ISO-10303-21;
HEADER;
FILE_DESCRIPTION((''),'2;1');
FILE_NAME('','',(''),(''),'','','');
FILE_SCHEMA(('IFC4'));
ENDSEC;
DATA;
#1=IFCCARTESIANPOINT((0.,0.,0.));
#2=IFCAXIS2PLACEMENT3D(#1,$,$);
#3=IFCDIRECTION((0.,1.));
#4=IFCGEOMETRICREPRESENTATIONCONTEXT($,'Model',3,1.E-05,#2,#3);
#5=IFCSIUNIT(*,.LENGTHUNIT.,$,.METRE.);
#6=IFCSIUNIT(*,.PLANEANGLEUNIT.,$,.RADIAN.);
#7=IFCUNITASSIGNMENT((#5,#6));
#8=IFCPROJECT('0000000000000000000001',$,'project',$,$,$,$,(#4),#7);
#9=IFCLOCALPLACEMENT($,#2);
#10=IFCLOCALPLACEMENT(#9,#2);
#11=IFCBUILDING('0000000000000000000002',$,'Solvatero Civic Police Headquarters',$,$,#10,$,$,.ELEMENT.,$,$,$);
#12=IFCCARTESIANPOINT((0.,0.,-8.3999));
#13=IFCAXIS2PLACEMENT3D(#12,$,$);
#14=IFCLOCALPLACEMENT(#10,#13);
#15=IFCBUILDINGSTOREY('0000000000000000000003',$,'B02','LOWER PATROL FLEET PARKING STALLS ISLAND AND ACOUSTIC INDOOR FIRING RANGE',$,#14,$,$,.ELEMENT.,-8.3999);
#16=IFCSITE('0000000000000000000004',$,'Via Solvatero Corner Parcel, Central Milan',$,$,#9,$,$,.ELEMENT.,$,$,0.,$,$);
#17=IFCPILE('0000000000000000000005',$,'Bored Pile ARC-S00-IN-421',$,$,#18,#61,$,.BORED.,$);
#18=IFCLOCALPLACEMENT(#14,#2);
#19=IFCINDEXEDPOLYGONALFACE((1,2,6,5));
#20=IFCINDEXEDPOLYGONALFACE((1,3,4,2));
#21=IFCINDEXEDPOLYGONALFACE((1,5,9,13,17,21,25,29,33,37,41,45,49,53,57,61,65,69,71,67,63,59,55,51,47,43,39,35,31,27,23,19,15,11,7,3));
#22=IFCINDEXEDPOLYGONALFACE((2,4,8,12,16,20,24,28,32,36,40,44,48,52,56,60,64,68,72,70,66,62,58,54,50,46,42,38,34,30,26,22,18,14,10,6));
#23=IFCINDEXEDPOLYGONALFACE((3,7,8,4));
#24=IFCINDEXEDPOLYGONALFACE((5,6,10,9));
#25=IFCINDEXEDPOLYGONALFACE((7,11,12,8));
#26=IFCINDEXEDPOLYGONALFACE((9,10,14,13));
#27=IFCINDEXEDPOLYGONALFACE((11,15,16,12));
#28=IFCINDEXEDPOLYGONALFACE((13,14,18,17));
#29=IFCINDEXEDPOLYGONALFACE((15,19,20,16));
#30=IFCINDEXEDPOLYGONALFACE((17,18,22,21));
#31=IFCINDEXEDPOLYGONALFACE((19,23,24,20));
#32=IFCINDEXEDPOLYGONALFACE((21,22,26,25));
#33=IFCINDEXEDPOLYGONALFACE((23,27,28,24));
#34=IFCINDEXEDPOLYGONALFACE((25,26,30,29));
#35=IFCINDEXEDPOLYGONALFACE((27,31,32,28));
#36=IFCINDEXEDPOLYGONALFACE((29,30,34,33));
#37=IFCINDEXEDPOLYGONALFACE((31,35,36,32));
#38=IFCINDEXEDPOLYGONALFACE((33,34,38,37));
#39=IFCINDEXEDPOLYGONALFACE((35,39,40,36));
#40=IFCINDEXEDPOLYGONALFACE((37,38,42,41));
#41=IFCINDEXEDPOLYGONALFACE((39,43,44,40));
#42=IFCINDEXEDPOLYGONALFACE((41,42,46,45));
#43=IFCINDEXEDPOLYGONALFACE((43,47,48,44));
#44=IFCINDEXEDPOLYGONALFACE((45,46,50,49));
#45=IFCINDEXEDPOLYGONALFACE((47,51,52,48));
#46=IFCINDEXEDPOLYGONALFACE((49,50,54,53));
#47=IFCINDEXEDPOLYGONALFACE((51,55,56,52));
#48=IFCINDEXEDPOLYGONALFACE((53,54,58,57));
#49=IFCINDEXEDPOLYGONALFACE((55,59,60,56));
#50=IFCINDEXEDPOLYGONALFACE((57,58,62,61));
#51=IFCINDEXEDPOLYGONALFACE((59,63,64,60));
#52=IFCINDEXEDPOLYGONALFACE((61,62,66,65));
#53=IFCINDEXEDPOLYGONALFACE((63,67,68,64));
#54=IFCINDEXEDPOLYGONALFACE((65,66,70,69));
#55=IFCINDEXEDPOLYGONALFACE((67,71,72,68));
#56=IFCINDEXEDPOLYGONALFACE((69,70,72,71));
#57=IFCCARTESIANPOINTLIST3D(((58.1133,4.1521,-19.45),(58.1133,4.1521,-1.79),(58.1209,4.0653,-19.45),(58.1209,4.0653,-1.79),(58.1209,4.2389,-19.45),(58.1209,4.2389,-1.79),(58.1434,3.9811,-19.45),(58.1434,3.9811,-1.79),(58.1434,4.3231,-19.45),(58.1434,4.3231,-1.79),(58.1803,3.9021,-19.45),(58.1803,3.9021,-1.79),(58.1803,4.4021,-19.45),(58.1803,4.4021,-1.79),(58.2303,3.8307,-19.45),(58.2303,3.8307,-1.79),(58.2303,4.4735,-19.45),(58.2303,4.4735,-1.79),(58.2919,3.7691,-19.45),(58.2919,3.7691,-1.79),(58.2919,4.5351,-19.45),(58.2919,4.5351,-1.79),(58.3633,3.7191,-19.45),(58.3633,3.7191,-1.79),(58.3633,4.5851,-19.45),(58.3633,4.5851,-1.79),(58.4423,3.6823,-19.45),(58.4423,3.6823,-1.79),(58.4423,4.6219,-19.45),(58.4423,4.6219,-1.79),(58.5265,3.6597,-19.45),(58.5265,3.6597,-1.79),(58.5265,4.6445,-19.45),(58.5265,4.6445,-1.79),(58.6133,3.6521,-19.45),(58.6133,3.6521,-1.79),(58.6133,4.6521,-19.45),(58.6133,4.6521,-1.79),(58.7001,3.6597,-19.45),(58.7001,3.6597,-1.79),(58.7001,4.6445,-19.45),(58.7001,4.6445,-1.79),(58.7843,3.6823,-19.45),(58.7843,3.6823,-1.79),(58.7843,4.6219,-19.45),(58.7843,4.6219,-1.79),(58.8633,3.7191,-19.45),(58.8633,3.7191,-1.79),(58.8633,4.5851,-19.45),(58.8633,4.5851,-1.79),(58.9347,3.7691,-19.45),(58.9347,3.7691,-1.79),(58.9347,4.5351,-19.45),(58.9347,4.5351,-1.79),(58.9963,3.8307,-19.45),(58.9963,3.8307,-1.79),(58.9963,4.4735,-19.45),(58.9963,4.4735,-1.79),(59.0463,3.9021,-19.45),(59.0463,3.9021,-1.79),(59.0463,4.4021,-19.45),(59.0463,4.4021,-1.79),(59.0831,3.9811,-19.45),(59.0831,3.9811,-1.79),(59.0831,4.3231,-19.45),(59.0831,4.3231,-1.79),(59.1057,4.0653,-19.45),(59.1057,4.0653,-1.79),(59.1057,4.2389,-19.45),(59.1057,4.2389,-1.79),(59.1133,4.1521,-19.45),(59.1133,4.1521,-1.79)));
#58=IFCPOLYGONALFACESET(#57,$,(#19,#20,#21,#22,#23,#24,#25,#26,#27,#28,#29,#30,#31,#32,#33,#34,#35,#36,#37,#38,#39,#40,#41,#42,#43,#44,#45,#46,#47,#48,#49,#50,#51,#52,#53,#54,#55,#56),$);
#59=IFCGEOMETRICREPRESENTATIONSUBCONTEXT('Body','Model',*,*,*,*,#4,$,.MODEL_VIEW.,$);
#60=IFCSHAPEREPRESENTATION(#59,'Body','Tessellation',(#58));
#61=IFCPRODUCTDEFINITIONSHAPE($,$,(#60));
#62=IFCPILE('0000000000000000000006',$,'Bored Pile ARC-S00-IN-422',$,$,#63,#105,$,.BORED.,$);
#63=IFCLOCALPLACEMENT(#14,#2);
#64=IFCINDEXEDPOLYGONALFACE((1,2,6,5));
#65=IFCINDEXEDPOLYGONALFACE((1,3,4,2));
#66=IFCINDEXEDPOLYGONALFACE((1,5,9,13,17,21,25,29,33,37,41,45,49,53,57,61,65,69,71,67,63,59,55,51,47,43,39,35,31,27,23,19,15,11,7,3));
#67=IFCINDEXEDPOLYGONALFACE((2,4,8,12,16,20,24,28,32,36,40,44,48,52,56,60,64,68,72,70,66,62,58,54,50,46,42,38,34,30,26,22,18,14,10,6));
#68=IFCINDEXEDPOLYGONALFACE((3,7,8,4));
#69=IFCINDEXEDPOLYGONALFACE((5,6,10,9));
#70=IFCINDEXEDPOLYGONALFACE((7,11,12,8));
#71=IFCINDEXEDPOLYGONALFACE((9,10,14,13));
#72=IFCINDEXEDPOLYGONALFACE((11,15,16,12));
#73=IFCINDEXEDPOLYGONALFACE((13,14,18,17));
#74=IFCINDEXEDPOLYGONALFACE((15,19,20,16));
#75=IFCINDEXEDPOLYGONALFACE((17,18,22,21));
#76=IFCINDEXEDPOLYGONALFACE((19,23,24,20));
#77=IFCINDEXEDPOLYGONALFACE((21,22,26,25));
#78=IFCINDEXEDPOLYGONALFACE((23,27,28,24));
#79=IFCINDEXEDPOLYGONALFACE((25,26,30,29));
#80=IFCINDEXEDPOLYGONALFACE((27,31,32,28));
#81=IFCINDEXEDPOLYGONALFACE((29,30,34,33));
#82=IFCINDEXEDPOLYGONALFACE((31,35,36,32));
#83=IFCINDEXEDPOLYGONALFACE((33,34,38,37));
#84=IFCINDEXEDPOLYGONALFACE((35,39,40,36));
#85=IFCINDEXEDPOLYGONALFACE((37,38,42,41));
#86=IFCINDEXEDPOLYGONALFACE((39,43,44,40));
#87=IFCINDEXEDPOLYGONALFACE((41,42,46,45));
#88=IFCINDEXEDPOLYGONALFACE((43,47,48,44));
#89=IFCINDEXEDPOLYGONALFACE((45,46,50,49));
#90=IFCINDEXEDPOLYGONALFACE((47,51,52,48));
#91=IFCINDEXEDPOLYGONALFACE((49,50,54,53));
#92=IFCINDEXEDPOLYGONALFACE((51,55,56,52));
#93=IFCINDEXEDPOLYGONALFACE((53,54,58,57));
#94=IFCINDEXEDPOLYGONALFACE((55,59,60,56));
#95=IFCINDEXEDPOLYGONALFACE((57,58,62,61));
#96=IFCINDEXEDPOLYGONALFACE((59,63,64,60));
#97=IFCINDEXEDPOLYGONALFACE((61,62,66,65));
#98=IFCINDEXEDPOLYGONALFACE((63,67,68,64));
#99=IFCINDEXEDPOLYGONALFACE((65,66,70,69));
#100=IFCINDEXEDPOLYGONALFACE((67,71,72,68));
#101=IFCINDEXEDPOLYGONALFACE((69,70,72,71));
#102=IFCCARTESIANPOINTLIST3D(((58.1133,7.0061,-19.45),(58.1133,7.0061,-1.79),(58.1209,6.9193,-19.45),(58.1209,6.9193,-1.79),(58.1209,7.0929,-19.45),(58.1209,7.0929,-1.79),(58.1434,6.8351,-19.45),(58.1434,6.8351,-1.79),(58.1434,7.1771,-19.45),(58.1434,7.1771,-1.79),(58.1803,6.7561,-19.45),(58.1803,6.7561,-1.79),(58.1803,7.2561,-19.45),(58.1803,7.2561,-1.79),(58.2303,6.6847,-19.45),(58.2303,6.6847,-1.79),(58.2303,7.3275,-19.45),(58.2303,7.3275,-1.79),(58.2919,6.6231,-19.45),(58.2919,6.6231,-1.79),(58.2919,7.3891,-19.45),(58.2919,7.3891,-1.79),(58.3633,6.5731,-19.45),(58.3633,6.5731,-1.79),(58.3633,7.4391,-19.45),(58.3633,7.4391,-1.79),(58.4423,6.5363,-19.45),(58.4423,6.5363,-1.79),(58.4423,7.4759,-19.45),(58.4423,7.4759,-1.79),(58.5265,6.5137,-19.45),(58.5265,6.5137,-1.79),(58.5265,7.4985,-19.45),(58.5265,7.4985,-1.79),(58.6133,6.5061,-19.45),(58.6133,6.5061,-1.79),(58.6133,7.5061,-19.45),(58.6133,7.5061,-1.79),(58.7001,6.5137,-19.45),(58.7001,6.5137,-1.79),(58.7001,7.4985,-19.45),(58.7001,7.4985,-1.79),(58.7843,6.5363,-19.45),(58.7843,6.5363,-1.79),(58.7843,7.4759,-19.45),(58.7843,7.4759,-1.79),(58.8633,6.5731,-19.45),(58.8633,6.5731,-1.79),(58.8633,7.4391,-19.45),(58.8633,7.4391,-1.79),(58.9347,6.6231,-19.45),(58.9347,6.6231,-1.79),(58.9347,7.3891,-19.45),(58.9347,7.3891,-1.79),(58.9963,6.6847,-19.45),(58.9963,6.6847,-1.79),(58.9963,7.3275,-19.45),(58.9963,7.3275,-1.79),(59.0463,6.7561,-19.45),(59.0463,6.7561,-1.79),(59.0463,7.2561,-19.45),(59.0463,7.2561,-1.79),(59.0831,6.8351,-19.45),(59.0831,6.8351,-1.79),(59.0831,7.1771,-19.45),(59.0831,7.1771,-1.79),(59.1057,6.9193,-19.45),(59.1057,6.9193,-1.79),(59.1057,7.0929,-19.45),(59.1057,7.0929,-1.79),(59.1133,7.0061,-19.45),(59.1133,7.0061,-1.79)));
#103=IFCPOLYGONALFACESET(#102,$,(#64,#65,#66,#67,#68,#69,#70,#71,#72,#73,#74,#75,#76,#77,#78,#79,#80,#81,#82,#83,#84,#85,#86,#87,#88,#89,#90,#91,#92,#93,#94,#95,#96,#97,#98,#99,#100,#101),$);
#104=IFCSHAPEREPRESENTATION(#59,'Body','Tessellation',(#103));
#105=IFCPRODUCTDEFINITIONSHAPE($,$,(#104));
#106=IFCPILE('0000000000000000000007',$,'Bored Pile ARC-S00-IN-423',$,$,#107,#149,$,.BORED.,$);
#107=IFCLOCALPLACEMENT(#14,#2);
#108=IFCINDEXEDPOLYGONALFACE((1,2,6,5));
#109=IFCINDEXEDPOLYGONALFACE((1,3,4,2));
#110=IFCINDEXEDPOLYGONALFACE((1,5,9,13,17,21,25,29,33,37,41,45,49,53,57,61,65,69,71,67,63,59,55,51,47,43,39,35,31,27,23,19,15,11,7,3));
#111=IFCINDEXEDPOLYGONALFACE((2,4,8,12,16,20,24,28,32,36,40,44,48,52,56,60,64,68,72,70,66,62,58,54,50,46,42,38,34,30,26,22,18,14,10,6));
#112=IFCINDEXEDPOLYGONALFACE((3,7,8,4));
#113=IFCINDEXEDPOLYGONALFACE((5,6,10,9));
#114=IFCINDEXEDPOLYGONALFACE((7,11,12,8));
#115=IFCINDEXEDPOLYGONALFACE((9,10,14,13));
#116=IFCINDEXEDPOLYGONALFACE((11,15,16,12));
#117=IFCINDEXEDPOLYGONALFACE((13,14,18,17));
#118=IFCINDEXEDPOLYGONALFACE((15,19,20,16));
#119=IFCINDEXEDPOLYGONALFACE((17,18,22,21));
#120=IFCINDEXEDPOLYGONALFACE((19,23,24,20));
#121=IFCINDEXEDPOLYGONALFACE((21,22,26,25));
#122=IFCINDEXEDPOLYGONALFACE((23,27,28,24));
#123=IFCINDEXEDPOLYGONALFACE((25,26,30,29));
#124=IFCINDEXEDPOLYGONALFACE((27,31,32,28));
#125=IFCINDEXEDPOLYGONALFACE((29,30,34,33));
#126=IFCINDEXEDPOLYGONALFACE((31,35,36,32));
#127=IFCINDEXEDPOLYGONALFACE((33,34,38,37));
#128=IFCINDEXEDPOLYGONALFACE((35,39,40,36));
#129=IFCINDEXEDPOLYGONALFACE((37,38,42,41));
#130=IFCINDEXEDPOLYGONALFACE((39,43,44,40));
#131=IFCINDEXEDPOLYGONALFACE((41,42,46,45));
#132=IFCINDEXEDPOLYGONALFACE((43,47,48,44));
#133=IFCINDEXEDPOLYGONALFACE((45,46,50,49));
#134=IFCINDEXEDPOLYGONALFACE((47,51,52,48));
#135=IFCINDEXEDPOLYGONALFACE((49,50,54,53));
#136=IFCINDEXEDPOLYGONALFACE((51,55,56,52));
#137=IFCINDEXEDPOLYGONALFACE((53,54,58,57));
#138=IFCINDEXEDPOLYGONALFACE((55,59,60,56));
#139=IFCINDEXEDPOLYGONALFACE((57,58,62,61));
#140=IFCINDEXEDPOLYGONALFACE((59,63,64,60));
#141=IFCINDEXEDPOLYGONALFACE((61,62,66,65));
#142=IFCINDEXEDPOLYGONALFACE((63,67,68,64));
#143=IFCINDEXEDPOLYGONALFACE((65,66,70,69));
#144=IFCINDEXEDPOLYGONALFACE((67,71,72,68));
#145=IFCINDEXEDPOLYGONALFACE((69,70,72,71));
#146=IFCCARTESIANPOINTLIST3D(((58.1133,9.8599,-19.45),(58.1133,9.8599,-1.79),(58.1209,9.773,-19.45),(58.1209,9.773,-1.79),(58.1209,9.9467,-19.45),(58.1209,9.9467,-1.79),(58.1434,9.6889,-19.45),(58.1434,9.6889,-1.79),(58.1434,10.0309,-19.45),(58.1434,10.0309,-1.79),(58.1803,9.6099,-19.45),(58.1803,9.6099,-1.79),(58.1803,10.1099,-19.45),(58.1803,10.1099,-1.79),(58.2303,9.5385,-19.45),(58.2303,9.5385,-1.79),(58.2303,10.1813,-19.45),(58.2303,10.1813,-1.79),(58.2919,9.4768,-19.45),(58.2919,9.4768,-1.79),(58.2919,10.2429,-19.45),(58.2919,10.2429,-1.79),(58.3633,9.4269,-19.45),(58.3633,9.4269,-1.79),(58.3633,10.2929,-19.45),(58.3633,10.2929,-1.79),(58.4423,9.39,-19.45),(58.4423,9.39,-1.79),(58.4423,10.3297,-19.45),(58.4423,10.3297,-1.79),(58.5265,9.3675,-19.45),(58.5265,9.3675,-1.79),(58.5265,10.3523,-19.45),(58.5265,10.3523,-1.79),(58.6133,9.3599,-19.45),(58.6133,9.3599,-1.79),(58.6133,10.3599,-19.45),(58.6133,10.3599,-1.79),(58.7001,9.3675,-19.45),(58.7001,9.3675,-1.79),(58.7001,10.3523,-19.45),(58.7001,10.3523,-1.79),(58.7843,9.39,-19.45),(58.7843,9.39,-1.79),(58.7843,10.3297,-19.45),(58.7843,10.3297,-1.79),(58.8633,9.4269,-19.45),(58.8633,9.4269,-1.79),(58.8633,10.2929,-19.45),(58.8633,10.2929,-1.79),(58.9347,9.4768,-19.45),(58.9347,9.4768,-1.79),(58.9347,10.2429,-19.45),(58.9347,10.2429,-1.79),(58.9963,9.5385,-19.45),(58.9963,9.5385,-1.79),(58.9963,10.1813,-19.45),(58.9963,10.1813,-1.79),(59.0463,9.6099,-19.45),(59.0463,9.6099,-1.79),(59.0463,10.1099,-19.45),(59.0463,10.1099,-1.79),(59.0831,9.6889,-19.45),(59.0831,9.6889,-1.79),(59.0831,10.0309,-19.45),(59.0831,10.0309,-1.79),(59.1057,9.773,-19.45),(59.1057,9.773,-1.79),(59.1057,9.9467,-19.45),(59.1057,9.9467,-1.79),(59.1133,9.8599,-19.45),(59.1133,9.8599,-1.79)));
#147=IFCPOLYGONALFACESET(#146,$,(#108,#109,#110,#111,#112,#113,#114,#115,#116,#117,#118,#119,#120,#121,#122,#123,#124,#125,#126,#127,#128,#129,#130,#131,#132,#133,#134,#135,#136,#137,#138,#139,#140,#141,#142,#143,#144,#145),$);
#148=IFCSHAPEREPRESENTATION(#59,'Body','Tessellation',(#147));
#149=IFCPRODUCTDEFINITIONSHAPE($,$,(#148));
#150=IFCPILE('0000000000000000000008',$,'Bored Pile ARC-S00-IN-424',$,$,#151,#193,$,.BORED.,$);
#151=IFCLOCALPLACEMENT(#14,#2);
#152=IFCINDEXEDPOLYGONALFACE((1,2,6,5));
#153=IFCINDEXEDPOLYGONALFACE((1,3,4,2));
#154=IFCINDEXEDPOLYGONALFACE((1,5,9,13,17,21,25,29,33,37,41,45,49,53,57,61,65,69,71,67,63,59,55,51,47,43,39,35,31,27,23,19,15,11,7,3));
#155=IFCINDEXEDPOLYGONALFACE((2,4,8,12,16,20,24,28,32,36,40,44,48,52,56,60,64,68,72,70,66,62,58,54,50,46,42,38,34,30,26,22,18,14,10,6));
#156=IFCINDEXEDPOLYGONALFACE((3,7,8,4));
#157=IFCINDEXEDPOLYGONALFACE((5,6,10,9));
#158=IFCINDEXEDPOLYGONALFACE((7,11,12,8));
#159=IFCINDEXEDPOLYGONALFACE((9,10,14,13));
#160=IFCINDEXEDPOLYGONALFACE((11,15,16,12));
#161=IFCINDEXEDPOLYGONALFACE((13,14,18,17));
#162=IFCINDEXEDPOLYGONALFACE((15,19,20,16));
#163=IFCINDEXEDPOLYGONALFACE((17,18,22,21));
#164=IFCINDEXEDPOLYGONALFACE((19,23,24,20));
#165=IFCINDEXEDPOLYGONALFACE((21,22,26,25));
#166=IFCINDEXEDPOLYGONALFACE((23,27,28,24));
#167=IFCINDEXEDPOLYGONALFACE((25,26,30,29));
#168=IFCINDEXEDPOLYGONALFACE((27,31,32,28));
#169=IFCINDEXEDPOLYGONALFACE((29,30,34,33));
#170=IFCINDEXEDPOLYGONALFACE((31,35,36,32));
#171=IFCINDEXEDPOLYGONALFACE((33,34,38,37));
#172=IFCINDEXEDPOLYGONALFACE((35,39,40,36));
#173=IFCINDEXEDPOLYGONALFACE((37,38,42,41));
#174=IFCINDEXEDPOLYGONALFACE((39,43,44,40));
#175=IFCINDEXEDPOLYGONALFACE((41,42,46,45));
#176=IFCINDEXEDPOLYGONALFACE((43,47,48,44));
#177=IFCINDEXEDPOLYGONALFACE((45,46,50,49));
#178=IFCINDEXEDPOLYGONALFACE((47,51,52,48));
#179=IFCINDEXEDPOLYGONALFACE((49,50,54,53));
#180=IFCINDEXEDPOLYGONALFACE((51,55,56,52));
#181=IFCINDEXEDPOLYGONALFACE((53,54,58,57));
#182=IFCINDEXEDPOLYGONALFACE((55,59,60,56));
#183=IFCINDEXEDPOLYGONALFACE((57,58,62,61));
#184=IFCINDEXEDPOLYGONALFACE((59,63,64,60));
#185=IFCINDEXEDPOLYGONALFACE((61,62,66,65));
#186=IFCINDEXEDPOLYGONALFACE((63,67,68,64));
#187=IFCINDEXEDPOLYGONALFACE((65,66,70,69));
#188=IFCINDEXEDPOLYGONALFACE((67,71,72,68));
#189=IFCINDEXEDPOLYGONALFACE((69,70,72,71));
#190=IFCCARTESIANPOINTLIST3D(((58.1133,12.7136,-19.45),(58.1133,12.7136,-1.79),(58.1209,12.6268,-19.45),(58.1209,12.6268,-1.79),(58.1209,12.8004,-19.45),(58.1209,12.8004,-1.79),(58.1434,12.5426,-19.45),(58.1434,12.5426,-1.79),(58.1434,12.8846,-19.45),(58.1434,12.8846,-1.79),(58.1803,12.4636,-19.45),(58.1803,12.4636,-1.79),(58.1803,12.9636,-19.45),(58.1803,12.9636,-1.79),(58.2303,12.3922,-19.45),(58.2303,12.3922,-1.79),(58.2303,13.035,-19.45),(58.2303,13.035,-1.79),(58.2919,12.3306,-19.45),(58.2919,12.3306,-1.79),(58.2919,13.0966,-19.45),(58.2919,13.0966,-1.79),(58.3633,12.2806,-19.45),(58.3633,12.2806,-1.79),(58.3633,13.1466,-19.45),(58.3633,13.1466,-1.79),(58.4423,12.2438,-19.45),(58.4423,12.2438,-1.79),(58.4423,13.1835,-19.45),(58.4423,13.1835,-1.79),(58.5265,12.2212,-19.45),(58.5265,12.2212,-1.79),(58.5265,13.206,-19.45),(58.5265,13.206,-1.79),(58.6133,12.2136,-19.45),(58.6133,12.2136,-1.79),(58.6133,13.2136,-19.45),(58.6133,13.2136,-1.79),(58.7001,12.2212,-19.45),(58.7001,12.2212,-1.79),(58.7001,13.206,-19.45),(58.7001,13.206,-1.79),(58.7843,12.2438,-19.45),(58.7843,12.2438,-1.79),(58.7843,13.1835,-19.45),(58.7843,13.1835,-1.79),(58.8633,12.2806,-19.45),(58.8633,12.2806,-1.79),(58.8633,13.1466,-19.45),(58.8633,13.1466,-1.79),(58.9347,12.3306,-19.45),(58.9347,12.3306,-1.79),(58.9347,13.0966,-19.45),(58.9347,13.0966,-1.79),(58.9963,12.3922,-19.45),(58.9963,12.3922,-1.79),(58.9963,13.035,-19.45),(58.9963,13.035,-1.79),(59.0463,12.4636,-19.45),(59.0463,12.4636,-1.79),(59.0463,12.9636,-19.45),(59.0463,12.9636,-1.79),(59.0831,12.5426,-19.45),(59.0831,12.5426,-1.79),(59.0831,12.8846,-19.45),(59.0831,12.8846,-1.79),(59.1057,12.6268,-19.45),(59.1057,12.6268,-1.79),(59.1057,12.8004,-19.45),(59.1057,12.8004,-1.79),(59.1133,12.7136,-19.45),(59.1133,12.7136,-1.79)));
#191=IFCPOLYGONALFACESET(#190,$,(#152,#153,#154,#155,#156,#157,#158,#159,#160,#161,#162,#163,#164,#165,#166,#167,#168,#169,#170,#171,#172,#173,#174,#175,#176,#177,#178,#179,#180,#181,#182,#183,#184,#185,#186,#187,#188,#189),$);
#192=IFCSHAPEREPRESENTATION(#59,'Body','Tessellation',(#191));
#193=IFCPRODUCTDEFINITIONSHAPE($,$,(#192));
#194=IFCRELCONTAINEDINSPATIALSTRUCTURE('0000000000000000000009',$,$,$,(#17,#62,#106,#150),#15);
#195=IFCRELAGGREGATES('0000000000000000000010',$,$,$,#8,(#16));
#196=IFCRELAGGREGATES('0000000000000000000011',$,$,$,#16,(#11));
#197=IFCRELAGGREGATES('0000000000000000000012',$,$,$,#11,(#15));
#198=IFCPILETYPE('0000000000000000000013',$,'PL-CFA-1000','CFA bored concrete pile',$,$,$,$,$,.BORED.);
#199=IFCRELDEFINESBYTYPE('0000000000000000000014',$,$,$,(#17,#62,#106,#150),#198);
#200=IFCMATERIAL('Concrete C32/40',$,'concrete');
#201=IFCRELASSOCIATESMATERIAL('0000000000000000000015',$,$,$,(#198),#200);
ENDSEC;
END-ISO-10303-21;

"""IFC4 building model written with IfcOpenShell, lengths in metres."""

from ifc_helpers import new_model, si_unit, direction, frame, origin, origin_2d, place, context, subcontext, project, spatial, circle, extrude, material, material_profile, profile_set, type_object, element, save


model = new_model("IFC4")

# Units and contexts
model_context = context("Model", 3, precision=1e-05, world=origin(), true_north=direction((0.0, 1.0)))
body_context = subcontext(model_context, "Body", "Model", "MODEL_VIEW")
ifc_project = project(units=[si_unit("LENGTHUNIT", "METRE"), si_unit("PLANEANGLEUNIT", "RADIAN")], contexts=[model_context])

# Site, building, storey
site_placement = place(None, origin())
site = spatial("IfcSite", under=ifc_project, at=site_placement, Name="Via Solvatero Corner Parcel, Central Milan", CompositionType="ELEMENT", RefElevation=0.0)
building_placement = place(site_placement, origin())
building = spatial("IfcBuilding", under=site, at=building_placement, Name="Solvatero Civic Police Headquarters", CompositionType="ELEMENT")
storey_placement = place(building_placement, frame((0.0, 0.0, -8.3999)))
storey = spatial("IfcBuildingStorey", under=building, at=storey_placement, Name="B02", Description="LOWER PATROL FLEET PARKING STALLS ISLAND AND ACOUSTIC INDOOR FIRING RANGE", CompositionType="ELEMENT", Elevation=-8.3999)

# Piles
ifc_material_1 = material(Name="Concrete C32/40", Category="concrete")
ifc_material_profile_1 = material_profile(ifc_material_1, circle(Radius=0.5, at=origin_2d()), Name="CFA PILE D1000")
ifc_profile_set_1 = profile_set([ifc_material_profile_1], Name="Concrete C32/40")
pile_type = type_object("IfcPileType", Name="PL-CFA-1000", Description="CFA bored concrete pile", PredefinedType="BORED", material=ifc_profile_set_1)
for number, where, z_axis, x_axis, name in (
    (1, (58.6133, 4.1521, -1.79), (0.0, 0.0, -1.0), (1.0, 0.0, 0.0), "Bored Pile ARC-S00-IN-421"),
    (2, (58.6133, 7.0061, -1.79), (0.0, 0.0, -1.0), (1.0, 0.0, 0.0), "Bored Pile ARC-S00-IN-422"),
    (3, (58.6133, 9.8599, -1.79), (0.0, 0.0, -1.0), (1.0, 0.0, 0.0), "Bored Pile ARC-S00-IN-423"),
    (4, (58.6133, 12.7136, -1.79), (0.0, 0.0, -1.0), (1.0, 0.0, 0.0), "Bored Pile ARC-S00-IN-424"),
):
    element("IfcPile", number, at=place(storey_placement, frame(where, z_axis=z_axis, x_axis=x_axis)), inside=storey, type_object=pile_type, Name=name, PredefinedType="BORED", context=body_context, shape_type="SweptSolid", body=[
        extrude(circle(Radius=0.5, at=origin_2d()), origin(), (0.0, 0.0, 1.0), 17.6599),
    ])

save(model, "model.ifc")
